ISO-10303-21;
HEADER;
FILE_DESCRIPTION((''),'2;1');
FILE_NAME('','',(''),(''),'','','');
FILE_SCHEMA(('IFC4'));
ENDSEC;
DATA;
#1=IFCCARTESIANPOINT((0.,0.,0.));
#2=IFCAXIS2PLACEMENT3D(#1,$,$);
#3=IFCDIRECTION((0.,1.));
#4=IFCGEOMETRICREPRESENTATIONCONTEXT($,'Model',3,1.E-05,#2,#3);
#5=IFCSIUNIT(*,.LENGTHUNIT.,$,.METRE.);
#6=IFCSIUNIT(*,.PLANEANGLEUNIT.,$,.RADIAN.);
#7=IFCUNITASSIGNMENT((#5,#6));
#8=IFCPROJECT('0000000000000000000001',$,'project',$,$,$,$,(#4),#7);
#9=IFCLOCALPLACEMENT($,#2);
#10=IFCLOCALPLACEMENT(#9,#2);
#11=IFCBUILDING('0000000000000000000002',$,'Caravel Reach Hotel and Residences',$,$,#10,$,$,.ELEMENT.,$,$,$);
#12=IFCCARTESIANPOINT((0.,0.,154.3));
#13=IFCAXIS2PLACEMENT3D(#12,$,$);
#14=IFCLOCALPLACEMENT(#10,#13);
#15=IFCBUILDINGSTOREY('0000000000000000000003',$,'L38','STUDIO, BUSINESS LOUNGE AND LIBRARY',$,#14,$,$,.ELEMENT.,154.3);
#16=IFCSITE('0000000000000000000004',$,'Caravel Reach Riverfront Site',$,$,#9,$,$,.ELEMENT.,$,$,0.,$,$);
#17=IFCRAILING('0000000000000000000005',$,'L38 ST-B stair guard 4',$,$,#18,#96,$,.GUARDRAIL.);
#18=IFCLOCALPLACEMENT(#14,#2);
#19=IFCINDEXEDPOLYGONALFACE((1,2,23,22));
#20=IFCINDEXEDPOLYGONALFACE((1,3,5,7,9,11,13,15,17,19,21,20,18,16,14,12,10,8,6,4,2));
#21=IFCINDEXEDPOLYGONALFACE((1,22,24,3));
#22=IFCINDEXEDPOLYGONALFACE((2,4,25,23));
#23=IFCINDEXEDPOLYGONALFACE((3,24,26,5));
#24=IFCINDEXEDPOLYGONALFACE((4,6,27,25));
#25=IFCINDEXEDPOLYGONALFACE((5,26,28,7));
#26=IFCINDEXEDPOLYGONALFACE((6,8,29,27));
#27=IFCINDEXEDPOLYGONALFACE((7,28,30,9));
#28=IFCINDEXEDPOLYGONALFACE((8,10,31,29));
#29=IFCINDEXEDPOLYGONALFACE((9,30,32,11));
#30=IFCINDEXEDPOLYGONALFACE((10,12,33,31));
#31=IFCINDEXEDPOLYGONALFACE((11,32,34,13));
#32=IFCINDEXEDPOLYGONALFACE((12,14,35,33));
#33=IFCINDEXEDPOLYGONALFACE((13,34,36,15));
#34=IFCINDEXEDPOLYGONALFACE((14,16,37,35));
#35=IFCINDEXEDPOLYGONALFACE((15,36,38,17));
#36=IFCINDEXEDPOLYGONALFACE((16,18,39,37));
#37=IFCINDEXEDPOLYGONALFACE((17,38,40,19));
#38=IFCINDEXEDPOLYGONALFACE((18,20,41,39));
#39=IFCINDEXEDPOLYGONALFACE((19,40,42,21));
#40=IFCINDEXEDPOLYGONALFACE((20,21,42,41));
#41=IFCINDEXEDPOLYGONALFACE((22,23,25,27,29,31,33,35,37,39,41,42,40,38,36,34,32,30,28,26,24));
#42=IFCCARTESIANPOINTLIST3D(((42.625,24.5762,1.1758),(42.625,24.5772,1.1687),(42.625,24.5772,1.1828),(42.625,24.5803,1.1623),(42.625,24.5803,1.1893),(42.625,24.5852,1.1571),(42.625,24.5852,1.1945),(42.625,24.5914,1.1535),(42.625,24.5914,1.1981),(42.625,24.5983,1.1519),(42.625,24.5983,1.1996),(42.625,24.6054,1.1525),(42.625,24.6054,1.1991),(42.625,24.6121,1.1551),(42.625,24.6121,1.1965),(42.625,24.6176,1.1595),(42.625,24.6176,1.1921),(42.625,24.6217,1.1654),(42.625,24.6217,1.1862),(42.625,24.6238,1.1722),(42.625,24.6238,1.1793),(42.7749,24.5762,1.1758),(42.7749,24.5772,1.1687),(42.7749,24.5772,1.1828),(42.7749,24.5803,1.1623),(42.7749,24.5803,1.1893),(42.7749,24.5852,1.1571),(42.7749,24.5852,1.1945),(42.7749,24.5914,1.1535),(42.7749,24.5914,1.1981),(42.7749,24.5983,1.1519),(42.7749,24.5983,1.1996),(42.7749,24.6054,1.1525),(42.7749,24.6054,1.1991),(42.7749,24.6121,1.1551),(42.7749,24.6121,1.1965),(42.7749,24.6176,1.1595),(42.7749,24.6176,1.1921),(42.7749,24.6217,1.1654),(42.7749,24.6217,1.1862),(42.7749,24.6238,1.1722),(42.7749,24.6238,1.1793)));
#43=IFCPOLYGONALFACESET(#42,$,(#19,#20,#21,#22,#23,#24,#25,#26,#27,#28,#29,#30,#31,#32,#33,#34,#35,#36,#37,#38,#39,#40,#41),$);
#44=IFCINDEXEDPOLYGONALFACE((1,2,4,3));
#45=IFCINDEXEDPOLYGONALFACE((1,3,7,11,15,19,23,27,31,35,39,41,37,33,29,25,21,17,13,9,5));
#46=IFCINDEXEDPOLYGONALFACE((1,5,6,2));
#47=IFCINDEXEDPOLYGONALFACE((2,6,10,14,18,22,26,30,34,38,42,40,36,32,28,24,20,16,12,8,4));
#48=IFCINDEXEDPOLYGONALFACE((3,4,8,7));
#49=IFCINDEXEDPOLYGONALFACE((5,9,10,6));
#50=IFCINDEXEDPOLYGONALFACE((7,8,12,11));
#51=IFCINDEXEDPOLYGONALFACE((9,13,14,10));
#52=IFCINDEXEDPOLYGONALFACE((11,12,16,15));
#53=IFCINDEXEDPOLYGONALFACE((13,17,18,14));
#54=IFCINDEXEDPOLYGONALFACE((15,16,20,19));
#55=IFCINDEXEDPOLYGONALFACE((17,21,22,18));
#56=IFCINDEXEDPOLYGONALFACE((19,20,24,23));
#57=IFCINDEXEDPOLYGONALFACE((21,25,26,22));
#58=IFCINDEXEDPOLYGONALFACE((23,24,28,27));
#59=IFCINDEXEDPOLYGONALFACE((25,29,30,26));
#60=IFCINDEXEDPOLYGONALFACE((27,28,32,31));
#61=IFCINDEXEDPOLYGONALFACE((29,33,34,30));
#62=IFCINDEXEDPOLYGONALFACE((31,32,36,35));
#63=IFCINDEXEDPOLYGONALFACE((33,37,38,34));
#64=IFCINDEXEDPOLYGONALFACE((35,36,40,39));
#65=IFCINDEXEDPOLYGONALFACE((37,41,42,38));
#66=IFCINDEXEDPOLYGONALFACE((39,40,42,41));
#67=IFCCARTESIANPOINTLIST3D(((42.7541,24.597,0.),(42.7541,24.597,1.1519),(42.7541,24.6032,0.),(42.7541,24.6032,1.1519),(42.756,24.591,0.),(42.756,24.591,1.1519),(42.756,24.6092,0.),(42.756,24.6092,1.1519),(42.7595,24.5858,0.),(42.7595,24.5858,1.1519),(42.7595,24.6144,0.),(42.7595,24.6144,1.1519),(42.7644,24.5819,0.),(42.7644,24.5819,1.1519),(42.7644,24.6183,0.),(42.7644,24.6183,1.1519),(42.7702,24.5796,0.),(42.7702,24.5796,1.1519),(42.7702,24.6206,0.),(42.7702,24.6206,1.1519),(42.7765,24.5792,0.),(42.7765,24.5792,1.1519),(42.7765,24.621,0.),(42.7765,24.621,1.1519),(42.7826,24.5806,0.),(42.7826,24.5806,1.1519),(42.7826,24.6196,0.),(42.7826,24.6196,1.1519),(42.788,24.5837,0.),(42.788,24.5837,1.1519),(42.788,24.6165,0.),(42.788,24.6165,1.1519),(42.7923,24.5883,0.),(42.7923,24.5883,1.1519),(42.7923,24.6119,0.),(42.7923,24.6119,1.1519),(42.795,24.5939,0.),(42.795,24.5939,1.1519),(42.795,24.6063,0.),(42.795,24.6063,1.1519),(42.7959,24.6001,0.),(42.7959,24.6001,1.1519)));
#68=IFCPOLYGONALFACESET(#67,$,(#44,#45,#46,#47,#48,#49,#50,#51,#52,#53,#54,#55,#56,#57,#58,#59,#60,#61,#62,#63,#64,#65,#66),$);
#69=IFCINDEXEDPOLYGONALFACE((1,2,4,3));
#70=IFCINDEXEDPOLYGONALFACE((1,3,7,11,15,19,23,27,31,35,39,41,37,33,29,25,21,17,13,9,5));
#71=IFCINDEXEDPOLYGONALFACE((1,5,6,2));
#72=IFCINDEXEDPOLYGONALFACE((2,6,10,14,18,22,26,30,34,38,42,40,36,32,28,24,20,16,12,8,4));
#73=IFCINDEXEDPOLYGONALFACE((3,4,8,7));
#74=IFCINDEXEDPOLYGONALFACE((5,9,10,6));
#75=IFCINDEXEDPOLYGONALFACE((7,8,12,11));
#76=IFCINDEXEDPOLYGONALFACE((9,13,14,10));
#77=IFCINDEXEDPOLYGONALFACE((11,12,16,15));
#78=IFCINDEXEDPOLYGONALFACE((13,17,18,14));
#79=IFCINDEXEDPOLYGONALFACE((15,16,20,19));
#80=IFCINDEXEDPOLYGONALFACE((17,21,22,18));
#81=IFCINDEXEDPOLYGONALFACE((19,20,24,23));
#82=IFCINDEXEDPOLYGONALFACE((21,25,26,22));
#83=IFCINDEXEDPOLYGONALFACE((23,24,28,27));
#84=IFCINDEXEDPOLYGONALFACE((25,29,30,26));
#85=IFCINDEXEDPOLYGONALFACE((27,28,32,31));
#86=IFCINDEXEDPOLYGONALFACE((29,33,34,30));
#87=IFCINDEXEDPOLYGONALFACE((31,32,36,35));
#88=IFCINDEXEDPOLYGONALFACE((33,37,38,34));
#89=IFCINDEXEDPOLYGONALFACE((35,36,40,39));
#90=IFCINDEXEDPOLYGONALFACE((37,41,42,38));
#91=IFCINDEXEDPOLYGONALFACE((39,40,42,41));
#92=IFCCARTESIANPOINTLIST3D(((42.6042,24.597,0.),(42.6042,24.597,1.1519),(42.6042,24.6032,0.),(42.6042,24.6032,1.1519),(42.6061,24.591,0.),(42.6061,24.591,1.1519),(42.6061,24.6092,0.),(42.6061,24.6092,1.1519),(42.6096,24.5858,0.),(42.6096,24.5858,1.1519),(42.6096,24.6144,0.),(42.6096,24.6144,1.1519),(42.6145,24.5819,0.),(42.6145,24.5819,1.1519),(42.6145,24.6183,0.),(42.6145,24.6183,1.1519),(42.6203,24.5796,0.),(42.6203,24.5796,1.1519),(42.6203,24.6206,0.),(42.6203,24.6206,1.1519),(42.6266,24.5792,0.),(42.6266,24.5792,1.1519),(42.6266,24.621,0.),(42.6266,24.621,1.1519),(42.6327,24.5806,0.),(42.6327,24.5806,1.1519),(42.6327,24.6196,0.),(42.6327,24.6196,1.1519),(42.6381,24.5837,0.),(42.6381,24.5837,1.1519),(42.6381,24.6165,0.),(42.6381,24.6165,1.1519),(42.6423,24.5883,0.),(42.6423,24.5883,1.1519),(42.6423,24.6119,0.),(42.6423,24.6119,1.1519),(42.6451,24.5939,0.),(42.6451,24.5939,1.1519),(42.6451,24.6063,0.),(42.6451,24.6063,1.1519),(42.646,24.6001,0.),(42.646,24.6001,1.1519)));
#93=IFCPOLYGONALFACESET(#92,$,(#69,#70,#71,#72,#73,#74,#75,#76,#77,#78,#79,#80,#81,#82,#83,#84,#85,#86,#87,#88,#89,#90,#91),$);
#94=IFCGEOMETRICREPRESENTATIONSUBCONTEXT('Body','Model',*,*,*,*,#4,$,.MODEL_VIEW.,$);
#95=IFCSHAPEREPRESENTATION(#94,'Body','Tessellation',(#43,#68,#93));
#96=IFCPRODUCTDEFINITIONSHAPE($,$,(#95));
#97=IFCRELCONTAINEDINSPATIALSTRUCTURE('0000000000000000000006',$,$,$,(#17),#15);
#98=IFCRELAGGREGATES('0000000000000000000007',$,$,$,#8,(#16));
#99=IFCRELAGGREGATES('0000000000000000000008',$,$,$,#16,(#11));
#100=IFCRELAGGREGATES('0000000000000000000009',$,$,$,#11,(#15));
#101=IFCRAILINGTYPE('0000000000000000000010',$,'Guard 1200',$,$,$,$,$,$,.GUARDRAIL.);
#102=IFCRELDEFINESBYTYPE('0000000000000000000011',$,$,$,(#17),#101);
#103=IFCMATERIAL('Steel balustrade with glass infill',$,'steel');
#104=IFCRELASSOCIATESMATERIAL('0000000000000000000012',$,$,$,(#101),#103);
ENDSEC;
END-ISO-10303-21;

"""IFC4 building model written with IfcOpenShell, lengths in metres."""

from ifc_helpers import new_model, si_unit, direction, frame, origin, origin_2d, place, context, subcontext, project, spatial, circle, extrude, material, type_object, element, save


model = new_model("IFC4")

# Units and contexts
model_context = context("Model", 3, precision=1e-05, world=origin(), true_north=direction((0.0, 1.0)))
body_context = subcontext(model_context, "Body", "Model", "MODEL_VIEW")
ifc_project = project(units=[si_unit("LENGTHUNIT", "METRE"), si_unit("PLANEANGLEUNIT", "RADIAN")], contexts=[model_context])

# Site, building, storey
site_placement = place(None, origin())
site = spatial("IfcSite", under=ifc_project, at=site_placement, Name="Caravel Reach Riverfront Site", CompositionType="ELEMENT", RefElevation=0.0)
building_placement = place(site_placement, origin())
building = spatial("IfcBuilding", under=site, at=building_placement, Name="Caravel Reach Hotel and Residences", CompositionType="ELEMENT")
storey_placement = place(building_placement, frame((0.0, 0.0, 154.3)))
storey = spatial("IfcBuildingStorey", under=building, at=storey_placement, Name="L38", Description="STUDIO, BUSINESS LOUNGE AND LIBRARY", CompositionType="ELEMENT", Elevation=154.3)

# Railing
ifc_material_1 = material(Name="Steel balustrade with glass infill", Category="steel")
railing_type_1 = type_object("IfcRailingType", Name="Guard 1200", PredefinedType="GUARDRAIL", material=ifc_material_1)
railing_1_placement = place(storey_placement, frame((42.7749, 24.6001, 0.0)))
element("IfcRailing", 1, at=railing_1_placement, inside=storey, type_object=railing_type_1, Name="L38 ST-B stair guard 4", PredefinedType="GUARDRAIL", context=body_context, shape_type="SweptSolid", body=[
    extrude(circle(Radius=0.0239, at=origin_2d()), frame((0.0, 0.0, 1.1758), z_axis=(-1.0, 0.0, 0.0), x_axis=(0.0, -1.0, 0.0)), (0.0, 0.0, 1.0), 0.1499),
    extrude(circle(Radius=0.021, at=origin_2d()), origin(), (0.0, 0.0, 1.0), 1.1519),
    extrude(circle(Radius=0.021, at=origin_2d()), frame((-0.1499, 0.0, 0.0)), (0.0, 0.0, 1.0), 1.1519),
])

save(model, "model.ifc")
